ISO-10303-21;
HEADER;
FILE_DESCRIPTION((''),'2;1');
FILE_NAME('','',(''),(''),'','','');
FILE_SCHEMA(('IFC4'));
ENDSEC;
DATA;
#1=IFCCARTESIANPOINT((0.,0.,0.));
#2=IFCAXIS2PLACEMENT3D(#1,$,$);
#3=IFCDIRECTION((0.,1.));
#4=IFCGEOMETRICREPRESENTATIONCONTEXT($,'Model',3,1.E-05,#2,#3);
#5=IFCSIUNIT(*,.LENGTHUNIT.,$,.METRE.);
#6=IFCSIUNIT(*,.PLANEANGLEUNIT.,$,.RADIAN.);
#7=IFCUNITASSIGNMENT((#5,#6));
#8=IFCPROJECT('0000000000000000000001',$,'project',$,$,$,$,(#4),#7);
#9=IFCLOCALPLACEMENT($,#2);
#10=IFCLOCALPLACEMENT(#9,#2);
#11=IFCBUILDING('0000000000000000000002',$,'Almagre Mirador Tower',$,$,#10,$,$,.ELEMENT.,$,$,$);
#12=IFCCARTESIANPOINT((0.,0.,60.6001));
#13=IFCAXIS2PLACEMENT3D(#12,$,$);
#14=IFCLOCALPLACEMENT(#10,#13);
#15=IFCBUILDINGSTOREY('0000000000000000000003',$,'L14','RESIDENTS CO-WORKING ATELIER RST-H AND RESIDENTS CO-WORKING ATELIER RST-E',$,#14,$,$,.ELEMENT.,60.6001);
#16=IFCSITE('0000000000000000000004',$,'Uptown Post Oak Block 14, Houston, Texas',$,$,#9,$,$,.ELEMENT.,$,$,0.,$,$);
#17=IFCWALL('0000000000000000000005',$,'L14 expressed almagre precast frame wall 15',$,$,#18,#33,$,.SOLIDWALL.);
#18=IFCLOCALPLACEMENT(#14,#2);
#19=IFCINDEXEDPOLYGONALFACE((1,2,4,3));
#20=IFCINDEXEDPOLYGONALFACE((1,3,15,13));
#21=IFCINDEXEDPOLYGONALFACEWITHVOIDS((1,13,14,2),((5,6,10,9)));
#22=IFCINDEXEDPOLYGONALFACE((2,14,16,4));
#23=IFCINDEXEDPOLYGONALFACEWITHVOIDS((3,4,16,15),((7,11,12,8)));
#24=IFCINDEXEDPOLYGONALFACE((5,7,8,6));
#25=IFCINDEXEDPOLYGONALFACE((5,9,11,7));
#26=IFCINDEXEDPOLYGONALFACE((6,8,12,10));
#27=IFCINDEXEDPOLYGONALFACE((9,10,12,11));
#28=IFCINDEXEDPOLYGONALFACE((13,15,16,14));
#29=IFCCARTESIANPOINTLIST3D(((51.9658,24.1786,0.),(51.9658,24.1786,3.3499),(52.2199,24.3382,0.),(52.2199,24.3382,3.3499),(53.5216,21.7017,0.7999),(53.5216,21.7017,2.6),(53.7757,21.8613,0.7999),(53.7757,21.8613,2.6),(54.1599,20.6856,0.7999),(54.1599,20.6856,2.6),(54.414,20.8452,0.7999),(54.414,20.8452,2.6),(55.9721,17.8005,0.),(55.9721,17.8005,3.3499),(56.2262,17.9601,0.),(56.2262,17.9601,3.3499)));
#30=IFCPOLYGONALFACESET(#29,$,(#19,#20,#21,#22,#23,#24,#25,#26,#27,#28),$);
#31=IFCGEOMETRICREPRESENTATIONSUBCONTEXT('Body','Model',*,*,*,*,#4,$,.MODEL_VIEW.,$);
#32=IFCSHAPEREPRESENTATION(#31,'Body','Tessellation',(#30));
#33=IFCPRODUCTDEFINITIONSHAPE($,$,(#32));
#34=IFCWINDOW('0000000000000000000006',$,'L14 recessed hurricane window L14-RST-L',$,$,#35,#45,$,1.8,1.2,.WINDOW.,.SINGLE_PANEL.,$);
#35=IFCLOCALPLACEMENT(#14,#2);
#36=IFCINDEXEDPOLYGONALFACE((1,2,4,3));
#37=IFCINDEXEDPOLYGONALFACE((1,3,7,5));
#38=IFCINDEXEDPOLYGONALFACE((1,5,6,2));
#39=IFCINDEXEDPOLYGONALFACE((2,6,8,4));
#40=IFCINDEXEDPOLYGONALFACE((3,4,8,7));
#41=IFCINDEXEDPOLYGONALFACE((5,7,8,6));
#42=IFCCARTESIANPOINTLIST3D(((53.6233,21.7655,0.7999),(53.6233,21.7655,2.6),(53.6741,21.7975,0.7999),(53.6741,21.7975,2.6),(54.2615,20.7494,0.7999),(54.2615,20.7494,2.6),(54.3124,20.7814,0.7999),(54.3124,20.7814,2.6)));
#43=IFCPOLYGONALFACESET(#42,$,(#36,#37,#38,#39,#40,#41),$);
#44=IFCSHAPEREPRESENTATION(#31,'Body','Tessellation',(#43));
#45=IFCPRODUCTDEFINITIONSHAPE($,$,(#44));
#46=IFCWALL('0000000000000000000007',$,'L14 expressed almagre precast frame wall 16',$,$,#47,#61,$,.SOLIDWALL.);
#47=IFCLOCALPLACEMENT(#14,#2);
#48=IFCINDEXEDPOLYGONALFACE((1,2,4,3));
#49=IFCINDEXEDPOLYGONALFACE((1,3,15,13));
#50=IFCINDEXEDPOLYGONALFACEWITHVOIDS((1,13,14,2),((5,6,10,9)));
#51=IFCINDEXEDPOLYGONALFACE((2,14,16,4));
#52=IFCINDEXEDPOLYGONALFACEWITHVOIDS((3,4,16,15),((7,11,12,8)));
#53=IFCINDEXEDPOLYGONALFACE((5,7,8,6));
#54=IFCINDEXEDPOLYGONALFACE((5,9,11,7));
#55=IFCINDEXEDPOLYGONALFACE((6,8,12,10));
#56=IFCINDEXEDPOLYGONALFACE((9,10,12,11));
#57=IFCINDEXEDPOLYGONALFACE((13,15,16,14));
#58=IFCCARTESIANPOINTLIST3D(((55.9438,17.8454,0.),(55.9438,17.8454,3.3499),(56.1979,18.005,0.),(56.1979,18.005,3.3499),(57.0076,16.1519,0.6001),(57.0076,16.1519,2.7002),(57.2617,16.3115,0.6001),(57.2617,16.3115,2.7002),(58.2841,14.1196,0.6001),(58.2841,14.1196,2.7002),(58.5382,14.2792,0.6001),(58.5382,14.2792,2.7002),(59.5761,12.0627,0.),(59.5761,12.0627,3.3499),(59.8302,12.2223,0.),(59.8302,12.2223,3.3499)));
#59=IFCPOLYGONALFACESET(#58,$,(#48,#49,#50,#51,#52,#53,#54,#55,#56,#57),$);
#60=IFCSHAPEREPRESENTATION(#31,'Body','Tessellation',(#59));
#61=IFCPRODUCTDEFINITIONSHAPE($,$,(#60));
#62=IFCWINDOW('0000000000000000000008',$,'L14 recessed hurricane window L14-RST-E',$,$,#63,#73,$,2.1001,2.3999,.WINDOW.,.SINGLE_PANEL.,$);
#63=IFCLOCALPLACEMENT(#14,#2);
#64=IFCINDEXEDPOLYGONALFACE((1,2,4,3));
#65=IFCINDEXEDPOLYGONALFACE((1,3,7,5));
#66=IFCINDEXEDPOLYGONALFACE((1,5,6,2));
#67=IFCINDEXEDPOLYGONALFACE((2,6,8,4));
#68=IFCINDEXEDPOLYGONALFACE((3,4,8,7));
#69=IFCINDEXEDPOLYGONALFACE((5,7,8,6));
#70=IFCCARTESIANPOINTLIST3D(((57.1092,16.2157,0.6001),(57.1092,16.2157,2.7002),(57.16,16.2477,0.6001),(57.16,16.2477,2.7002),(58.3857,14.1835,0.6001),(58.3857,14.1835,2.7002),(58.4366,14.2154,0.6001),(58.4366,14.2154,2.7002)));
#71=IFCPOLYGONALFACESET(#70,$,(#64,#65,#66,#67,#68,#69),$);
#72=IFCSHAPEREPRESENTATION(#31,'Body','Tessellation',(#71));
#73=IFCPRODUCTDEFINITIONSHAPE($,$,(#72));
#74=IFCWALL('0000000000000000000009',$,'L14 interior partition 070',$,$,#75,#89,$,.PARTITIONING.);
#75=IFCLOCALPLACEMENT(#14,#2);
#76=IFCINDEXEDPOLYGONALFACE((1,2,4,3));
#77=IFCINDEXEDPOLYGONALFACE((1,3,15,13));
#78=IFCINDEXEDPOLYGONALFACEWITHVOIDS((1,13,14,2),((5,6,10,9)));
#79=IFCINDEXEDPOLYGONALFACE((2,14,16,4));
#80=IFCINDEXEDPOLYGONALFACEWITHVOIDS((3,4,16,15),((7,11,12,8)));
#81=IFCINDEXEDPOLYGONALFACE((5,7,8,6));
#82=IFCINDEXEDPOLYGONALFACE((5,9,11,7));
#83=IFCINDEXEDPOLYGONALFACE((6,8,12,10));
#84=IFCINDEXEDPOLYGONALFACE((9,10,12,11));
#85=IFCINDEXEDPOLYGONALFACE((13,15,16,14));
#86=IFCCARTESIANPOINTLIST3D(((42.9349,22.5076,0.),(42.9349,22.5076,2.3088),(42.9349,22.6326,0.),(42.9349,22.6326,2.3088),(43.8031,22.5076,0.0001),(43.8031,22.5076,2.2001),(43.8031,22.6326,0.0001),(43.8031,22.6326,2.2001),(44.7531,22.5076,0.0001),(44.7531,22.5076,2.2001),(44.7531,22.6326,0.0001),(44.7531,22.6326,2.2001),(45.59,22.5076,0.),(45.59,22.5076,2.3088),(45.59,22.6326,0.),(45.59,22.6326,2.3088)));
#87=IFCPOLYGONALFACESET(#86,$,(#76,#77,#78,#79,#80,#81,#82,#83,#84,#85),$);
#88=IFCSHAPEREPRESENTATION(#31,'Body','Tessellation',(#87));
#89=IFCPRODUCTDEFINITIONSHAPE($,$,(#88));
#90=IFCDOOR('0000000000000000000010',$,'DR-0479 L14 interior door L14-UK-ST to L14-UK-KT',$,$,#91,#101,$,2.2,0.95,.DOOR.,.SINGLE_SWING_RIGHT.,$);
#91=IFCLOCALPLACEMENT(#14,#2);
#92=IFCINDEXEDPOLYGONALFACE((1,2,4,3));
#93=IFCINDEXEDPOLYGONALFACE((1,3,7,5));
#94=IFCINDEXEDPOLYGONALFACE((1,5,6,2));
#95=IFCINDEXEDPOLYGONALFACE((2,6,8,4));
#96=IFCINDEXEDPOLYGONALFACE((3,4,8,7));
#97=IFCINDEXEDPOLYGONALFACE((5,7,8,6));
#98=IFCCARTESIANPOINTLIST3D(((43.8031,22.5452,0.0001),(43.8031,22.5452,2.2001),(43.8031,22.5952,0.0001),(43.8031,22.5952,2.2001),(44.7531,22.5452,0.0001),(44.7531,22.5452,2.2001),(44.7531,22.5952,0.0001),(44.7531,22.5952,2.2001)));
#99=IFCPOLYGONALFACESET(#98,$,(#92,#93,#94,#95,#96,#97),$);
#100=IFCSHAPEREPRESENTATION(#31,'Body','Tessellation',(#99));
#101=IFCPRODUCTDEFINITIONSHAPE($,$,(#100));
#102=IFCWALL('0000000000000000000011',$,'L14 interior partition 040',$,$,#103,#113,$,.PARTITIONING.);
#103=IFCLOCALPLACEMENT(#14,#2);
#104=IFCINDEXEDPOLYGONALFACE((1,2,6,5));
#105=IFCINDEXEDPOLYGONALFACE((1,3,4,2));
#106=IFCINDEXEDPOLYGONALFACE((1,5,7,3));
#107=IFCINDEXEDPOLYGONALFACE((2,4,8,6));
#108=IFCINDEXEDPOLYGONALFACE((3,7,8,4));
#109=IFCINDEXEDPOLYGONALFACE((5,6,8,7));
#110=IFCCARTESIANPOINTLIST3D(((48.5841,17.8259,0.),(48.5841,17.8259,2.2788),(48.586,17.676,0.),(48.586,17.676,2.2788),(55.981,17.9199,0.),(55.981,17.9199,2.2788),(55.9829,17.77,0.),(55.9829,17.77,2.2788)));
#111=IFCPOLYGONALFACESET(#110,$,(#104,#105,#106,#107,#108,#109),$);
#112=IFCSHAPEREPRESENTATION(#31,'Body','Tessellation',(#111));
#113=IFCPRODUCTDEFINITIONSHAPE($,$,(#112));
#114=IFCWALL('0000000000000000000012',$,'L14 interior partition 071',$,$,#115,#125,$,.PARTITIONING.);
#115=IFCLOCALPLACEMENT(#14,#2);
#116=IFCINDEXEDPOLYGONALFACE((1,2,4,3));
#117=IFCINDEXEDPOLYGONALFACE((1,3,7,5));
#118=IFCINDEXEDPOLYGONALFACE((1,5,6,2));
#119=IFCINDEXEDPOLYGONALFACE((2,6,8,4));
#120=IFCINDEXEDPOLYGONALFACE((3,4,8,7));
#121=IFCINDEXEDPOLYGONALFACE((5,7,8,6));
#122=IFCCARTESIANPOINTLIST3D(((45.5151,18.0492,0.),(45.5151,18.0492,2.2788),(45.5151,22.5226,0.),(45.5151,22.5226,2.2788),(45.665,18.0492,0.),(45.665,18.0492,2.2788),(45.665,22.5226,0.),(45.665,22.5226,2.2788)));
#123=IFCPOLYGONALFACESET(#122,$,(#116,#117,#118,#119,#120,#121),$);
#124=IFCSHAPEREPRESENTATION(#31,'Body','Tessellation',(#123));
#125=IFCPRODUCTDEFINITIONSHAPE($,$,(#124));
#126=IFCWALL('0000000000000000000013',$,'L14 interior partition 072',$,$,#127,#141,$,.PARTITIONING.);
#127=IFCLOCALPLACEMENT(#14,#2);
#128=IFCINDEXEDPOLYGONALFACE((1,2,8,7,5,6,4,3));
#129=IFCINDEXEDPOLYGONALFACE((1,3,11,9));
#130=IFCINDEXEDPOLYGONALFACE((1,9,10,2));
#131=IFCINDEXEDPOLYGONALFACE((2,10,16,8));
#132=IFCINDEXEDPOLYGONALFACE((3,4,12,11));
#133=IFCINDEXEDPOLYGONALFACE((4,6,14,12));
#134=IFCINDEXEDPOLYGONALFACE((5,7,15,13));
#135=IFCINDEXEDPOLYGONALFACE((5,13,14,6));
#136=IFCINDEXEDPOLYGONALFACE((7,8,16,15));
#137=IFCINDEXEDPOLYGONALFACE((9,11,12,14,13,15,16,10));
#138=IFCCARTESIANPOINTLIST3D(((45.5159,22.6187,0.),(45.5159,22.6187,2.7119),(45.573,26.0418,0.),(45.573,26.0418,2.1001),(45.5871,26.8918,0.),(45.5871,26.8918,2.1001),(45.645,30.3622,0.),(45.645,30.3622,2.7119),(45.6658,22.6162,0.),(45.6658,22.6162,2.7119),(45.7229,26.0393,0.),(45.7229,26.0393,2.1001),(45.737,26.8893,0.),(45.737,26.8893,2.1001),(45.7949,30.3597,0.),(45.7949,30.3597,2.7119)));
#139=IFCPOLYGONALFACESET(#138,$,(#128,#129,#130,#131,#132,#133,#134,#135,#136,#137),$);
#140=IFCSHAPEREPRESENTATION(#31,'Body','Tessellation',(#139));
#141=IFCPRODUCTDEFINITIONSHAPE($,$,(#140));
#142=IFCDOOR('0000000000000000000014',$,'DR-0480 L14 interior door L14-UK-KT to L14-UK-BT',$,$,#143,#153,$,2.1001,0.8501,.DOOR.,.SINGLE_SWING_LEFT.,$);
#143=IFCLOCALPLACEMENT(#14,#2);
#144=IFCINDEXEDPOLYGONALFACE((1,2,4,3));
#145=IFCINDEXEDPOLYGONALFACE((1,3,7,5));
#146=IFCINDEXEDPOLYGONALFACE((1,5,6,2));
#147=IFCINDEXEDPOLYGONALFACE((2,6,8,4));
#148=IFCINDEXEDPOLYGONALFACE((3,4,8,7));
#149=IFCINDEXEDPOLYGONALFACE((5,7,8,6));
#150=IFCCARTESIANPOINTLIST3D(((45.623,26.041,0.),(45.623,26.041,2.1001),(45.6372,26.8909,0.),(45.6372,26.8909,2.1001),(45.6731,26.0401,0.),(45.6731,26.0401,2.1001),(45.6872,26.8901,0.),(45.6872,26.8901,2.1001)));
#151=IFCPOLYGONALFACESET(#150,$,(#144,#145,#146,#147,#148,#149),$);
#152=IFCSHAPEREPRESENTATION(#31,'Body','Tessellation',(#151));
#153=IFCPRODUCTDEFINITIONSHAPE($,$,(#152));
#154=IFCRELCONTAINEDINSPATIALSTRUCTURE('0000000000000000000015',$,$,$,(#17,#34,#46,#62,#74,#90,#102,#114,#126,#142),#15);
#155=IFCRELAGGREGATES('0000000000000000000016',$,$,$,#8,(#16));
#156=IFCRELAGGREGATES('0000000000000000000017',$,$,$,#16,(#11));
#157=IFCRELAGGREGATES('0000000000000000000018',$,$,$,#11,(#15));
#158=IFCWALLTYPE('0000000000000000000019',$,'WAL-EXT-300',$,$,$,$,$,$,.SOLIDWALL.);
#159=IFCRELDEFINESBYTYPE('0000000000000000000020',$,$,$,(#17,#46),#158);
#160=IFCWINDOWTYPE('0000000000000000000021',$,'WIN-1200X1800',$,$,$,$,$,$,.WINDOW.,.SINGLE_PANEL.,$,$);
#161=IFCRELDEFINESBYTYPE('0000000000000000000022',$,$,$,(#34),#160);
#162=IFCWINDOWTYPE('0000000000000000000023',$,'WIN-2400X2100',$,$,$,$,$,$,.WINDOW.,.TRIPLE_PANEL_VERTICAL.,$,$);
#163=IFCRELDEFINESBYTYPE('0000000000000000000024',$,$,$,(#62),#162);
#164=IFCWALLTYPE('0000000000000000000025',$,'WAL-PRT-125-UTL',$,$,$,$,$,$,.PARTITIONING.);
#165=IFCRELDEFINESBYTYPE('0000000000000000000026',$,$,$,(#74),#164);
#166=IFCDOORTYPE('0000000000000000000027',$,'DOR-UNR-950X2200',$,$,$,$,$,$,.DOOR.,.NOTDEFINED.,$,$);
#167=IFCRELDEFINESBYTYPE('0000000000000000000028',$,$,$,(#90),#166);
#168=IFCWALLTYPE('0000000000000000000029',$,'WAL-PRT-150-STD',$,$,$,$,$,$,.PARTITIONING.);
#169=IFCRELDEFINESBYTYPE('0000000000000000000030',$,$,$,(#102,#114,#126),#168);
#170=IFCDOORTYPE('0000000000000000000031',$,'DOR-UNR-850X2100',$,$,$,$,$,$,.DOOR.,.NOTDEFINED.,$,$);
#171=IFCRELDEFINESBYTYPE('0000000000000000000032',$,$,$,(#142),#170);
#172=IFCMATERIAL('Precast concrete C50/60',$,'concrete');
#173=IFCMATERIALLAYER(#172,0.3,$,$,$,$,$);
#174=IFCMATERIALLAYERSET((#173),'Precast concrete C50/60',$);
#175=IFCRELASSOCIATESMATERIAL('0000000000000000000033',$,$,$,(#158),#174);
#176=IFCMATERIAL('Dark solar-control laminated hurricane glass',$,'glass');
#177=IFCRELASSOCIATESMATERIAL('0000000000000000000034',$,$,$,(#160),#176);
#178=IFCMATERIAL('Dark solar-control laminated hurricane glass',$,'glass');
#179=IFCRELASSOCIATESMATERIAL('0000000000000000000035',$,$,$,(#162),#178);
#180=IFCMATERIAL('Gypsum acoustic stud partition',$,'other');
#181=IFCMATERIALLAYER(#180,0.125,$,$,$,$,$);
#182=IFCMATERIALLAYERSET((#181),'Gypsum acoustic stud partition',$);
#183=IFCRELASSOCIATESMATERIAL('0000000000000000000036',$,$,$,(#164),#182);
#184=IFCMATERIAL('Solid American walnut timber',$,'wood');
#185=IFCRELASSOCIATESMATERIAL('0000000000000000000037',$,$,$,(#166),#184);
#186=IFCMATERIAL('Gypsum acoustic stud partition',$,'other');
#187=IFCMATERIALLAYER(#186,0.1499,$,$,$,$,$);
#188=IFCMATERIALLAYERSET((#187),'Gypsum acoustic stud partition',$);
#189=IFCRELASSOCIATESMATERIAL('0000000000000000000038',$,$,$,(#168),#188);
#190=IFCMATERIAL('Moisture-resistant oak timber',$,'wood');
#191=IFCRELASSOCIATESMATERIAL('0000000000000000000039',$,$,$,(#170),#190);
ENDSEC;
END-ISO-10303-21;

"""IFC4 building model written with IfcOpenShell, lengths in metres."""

from ifc_helpers import new_model, si_unit, direction, frame, frame_2d, origin, place, context, subcontext, project, spatial, rectangle, extrude, material, layer, layer_set, type_object, element, fill, save


model = new_model("IFC4")

# Units and contexts
model_context = context("Model", 3, precision=1e-05, world=origin(), true_north=direction((0.0, 1.0)))
body_context = subcontext(model_context, "Body", "Model", "MODEL_VIEW")
ifc_project = project(units=[si_unit("LENGTHUNIT", "METRE"), si_unit("PLANEANGLEUNIT", "RADIAN")], contexts=[model_context])

# Site, building, storey
site_placement = place(None, origin())
site = spatial("IfcSite", under=ifc_project, at=site_placement, Name="Uptown Post Oak Block 14, Houston, Texas", CompositionType="ELEMENT", RefElevation=0.0)
building_placement = place(site_placement, origin())
building = spatial("IfcBuilding", under=site, at=building_placement, Name="Almagre Mirador Tower", CompositionType="ELEMENT")
storey_placement = place(building_placement, frame((0.0, 0.0, 60.6001)))
storey = spatial("IfcBuildingStorey", under=building, at=storey_placement, Name="L14", Description="RESIDENTS CO-WORKING ATELIER RST-H AND RESIDENTS CO-WORKING ATELIER RST-E", CompositionType="ELEMENT", Elevation=60.6001)

# Walls, openings, windows
ifc_material_1 = material(Name="Precast concrete C50/60", Category="concrete")
ifc_layer_1 = layer(ifc_material_1, 0.3)
ifc_layer_set_1 = layer_set([ifc_layer_1], Name="Precast concrete C50/60")
wall_type_1 = type_object("IfcWallType", Name="WAL-EXT-300", PredefinedType="SOLIDWALL", material=ifc_layer_set_1)
wall_1_placement = place(storey_placement, frame((52.0928, 24.2585, 0.0), z_axis=(0.0, 0.0, 1.0), x_axis=(0.531906, -0.846803, 0.0)))
wall_1 = element("IfcWall", 1, at=wall_1_placement, inside=storey, type_object=wall_type_1, Name="L14 expressed almagre precast frame wall 15", PredefinedType="SOLIDWALL", context=body_context, shape_type="SweptSolid", body=[
    extrude(rectangle(XDim=7.532, YDim=0.3, at=frame_2d((3.7661, 0.0))), origin(), (0.0, 0.0, 1.0), 3.3499),
])
opening_1_placement = place(wall_1_placement, frame((2.925, 0.0, 0.8)))
opening_1 = element("IfcOpeningElement", 2, at=opening_1_placement, cuts=wall_1, PredefinedType="OPENING", context=body_context, shape_type="SweptSolid", body=[
    extrude(rectangle(XDim=1.2, YDim=1.8, at=frame_2d((0.6001, 0.8999))), frame((0.0, 0.1599, 0.0), z_axis=(0.0, -1.0, 0.0), x_axis=(1.0, 0.0, 0.0)), (0.0, 0.0, 1.0), 0.32),
])
ifc_material_2 = material(Name="Dark solar-control laminated hurricane glass", Category="glass")
window_type_1 = type_object("IfcWindowType", Name="WIN-1200X1800", PartitioningType="SINGLE_PANEL", PredefinedType="WINDOW", material=ifc_material_2)
window_1_placement = place(opening_1_placement, origin())
window_1 = element("IfcWindow", 3, at=window_1_placement, inside=storey, type_object=window_type_1, Name="L14 recessed hurricane window L14-RST-L", OverallHeight=1.8, OverallWidth=1.2, PartitioningType="SINGLE_PANEL", PredefinedType="WINDOW", context=body_context, shape_type="SweptSolid", body=[
    extrude(rectangle(XDim=1.2, YDim=1.8, at=frame_2d((0.6001, 0.8999))), frame((0.0, 0.03, 0.0), z_axis=(0.0, -1.0, 0.0), x_axis=(1.0, 0.0, 0.0)), (0.0, 0.0, 1.0), 0.0601),
])
fill(opening_1, window_1)
wall_2_placement = place(storey_placement, frame((56.0708, 17.9253, 0.0), z_axis=(0.0, 0.0, 1.0), x_axis=(0.531906, -0.846803, 0.0)))
wall_2 = element("IfcWall", 4, at=wall_2_placement, inside=storey, type_object=wall_type_1, Name="L14 expressed almagre precast frame wall 16", PredefinedType="SOLIDWALL", context=body_context, shape_type="SweptSolid", body=[
    extrude(rectangle(XDim=6.8289, YDim=0.3, at=frame_2d((3.4146, 0.0))), origin(), (0.0, 0.0, 1.0), 3.3499),
])
opening_2_placement = place(wall_2_placement, frame((2.0, 0.0, 0.6001)))
opening_2 = element("IfcOpeningElement", 5, at=opening_2_placement, cuts=wall_2, PredefinedType="OPENING", context=body_context, shape_type="SweptSolid", body=[
    extrude(rectangle(XDim=2.3999, YDim=2.1001, at=frame_2d((1.2, 1.05))), frame((0.0, 0.1599, 0.0), z_axis=(0.0, -1.0, 0.0), x_axis=(1.0, 0.0, 0.0)), (0.0, 0.0, 1.0), 0.32),
])
ifc_material_3 = material(Name="Dark solar-control laminated hurricane glass", Category="glass")
window_type_2 = type_object("IfcWindowType", Name="WIN-2400X2100", PartitioningType="TRIPLE_PANEL_VERTICAL", PredefinedType="WINDOW", material=ifc_material_3)
window_2_placement = place(opening_2_placement, origin())
window_2 = element("IfcWindow", 6, at=window_2_placement, inside=storey, type_object=window_type_2, Name="L14 recessed hurricane window L14-RST-E", OverallHeight=2.1001, OverallWidth=2.3999, PartitioningType="SINGLE_PANEL", PredefinedType="WINDOW", context=body_context, shape_type="SweptSolid", body=[
    extrude(rectangle(XDim=2.3999, YDim=2.1001, at=frame_2d((1.2, 1.05))), frame((0.0, 0.03, 0.0), z_axis=(0.0, -1.0, 0.0), x_axis=(1.0, 0.0, 0.0)), (0.0, 0.0, 1.0), 0.0601),
])
fill(opening_2, window_2)

# Wall, opening, door
ifc_material_4 = material(Name="Gypsum acoustic stud partition", Category="other")
ifc_layer_2 = layer(ifc_material_4, 0.125)
ifc_layer_set_2 = layer_set([ifc_layer_2], Name="Gypsum acoustic stud partition")
wall_type_2 = type_object("IfcWallType", Name="WAL-PRT-125-UTL", PredefinedType="PARTITIONING", material=ifc_layer_set_2)
wall_3_placement = place(storey_placement, frame((45.5901, 22.5701, 0.0), z_axis=(0.0, 0.0, 1.0), x_axis=(-1.0, 0.0, 0.0)))
wall_3 = element("IfcWall", 7, at=wall_3_placement, inside=storey, type_object=wall_type_2, Name="L14 interior partition 070", PredefinedType="PARTITIONING", context=body_context, shape_type="SweptSolid", body=[
    extrude(rectangle(XDim=2.655, YDim=0.125, at=frame_2d((1.3276, 0.0))), origin(), (0.0, 0.0, 1.0), 2.3088),
])
opening_3_placement = place(wall_3_placement, frame((0.8369, 0.0, 0.0)))
opening_3 = element("IfcOpeningElement", 8, at=opening_3_placement, cuts=wall_3, PredefinedType="OPENING", context=body_context, shape_type="SweptSolid", body=[
    extrude(rectangle(XDim=0.95, YDim=2.2, at=frame_2d((0.4751, 1.1001))), frame((0.0, 0.0725, 0.0), z_axis=(0.0, -1.0, 0.0), x_axis=(1.0, 0.0, 0.0)), (0.0, 0.0, 1.0), 0.145),
])
ifc_material_5 = material(Name="Solid American walnut timber", Category="wood")
door_type_1 = type_object("IfcDoorType", Name="DOR-UNR-950X2200", OperationType="NOTDEFINED", PredefinedType="DOOR", material=ifc_material_5)
door_1_placement = place(opening_3_placement, origin())
door_1 = element("IfcDoor", 9, at=door_1_placement, inside=storey, type_object=door_type_1, Name="DR-0479 L14 interior door L14-UK-ST to L14-UK-KT", OperationType="SINGLE_SWING_RIGHT", OverallHeight=2.2, OverallWidth=0.95, PredefinedType="DOOR", context=body_context, shape_type="SweptSolid", body=[
    extrude(rectangle(XDim=0.95, YDim=2.2, at=frame_2d((0.4751, 1.1001))), frame((0.0, 0.0249, 0.0), z_axis=(0.0, -1.0, 0.0), x_axis=(1.0, 0.0, 0.0)), (0.0, 0.0, 1.0), 0.05),
])
fill(opening_3, door_1)

# Walls
ifc_material_6 = material(Name="Gypsum acoustic stud partition", Category="other")
ifc_layer_3 = layer(ifc_material_6, 0.1499)
ifc_layer_set_3 = layer_set([ifc_layer_3], Name="Gypsum acoustic stud partition")
wall_type_3 = type_object("IfcWallType", Name="WAL-PRT-150-STD", PredefinedType="PARTITIONING", material=ifc_layer_set_3)
wall_4_placement = place(storey_placement, frame((55.9819, 17.845, 0.0), z_axis=(0.0, 0.0, 1.0), x_axis=(-0.999919, -0.012706, 0.0)))
element("IfcWall", 10, at=wall_4_placement, inside=storey, type_object=wall_type_3, Name="L14 interior partition 040", PredefinedType="PARTITIONING", context=body_context, shape_type="SweptSolid", body=[
    extrude(rectangle(XDim=7.3975, YDim=0.1499, at=frame_2d((3.6987, 0.0))), origin(), (0.0, 0.0, 1.0), 2.2788),
])
wall_5_placement = place(storey_placement, frame((45.5901, 18.0491, 0.0), z_axis=(0.0, 0.0, 1.0), x_axis=(0.0, 1.0, 0.0)))
element("IfcWall", 11, at=wall_5_placement, inside=storey, type_object=wall_type_3, Name="L14 interior partition 071", PredefinedType="PARTITIONING", context=body_context, shape_type="SweptSolid", body=[
    extrude(rectangle(XDim=4.4734, YDim=0.1499, at=frame_2d((2.2368, 0.0))), origin(), (0.0, 0.0, 1.0), 2.2788),
])

# Wall, opening, door
wall_6_placement = place(storey_placement, frame((45.5908, 22.6174, 0.0), z_axis=(0.0, 0.0, 1.0), x_axis=(0.016676, 0.999861, 0.0)))
wall_6 = element("IfcWall", 12, at=wall_6_placement, inside=storey, type_object=wall_type_3, Name="L14 interior partition 072", PredefinedType="PARTITIONING", context=body_context, shape_type="SweptSolid", body=[
    extrude(rectangle(XDim=7.7446, YDim=0.1499, at=frame_2d((3.8723, 0.0))), origin(), (0.0, 0.0, 1.0), 2.7119),
])
opening_4_placement = place(wall_6_placement, frame((3.4236, 0.0, 0.0)))
opening_4 = element("IfcOpeningElement", 13, at=opening_4_placement, cuts=wall_6, PredefinedType="OPENING", context=body_context, shape_type="SweptSolid", body=[
    extrude(rectangle(XDim=0.8501, YDim=2.1001, at=frame_2d((0.425, 1.05))), frame((0.0, 0.085, 0.0), z_axis=(0.0, -1.0, 0.0), x_axis=(1.0, 0.0, 0.0)), (0.0, 0.0, 1.0), 0.1699),
])
ifc_material_7 = material(Name="Moisture-resistant oak timber", Category="wood")
door_type_2 = type_object("IfcDoorType", Name="DOR-UNR-850X2100", OperationType="NOTDEFINED", PredefinedType="DOOR", material=ifc_material_7)
door_2_placement = place(opening_4_placement, origin())
door_2 = element("IfcDoor", 14, at=door_2_placement, inside=storey, type_object=door_type_2, Name="DR-0480 L14 interior door L14-UK-KT to L14-UK-BT", OperationType="SINGLE_SWING_LEFT", OverallHeight=2.1001, OverallWidth=0.8501, PredefinedType="DOOR", context=body_context, shape_type="SweptSolid", body=[
    extrude(rectangle(XDim=0.8501, YDim=2.1001, at=frame_2d((0.425, 1.05))), frame((0.0, 0.0249, 0.0), z_axis=(0.0, -1.0, 0.0), x_axis=(1.0, 0.0, 0.0)), (0.0, 0.0, 1.0), 0.05),
])
fill(opening_4, door_2)

save(model, "model.ifc")
